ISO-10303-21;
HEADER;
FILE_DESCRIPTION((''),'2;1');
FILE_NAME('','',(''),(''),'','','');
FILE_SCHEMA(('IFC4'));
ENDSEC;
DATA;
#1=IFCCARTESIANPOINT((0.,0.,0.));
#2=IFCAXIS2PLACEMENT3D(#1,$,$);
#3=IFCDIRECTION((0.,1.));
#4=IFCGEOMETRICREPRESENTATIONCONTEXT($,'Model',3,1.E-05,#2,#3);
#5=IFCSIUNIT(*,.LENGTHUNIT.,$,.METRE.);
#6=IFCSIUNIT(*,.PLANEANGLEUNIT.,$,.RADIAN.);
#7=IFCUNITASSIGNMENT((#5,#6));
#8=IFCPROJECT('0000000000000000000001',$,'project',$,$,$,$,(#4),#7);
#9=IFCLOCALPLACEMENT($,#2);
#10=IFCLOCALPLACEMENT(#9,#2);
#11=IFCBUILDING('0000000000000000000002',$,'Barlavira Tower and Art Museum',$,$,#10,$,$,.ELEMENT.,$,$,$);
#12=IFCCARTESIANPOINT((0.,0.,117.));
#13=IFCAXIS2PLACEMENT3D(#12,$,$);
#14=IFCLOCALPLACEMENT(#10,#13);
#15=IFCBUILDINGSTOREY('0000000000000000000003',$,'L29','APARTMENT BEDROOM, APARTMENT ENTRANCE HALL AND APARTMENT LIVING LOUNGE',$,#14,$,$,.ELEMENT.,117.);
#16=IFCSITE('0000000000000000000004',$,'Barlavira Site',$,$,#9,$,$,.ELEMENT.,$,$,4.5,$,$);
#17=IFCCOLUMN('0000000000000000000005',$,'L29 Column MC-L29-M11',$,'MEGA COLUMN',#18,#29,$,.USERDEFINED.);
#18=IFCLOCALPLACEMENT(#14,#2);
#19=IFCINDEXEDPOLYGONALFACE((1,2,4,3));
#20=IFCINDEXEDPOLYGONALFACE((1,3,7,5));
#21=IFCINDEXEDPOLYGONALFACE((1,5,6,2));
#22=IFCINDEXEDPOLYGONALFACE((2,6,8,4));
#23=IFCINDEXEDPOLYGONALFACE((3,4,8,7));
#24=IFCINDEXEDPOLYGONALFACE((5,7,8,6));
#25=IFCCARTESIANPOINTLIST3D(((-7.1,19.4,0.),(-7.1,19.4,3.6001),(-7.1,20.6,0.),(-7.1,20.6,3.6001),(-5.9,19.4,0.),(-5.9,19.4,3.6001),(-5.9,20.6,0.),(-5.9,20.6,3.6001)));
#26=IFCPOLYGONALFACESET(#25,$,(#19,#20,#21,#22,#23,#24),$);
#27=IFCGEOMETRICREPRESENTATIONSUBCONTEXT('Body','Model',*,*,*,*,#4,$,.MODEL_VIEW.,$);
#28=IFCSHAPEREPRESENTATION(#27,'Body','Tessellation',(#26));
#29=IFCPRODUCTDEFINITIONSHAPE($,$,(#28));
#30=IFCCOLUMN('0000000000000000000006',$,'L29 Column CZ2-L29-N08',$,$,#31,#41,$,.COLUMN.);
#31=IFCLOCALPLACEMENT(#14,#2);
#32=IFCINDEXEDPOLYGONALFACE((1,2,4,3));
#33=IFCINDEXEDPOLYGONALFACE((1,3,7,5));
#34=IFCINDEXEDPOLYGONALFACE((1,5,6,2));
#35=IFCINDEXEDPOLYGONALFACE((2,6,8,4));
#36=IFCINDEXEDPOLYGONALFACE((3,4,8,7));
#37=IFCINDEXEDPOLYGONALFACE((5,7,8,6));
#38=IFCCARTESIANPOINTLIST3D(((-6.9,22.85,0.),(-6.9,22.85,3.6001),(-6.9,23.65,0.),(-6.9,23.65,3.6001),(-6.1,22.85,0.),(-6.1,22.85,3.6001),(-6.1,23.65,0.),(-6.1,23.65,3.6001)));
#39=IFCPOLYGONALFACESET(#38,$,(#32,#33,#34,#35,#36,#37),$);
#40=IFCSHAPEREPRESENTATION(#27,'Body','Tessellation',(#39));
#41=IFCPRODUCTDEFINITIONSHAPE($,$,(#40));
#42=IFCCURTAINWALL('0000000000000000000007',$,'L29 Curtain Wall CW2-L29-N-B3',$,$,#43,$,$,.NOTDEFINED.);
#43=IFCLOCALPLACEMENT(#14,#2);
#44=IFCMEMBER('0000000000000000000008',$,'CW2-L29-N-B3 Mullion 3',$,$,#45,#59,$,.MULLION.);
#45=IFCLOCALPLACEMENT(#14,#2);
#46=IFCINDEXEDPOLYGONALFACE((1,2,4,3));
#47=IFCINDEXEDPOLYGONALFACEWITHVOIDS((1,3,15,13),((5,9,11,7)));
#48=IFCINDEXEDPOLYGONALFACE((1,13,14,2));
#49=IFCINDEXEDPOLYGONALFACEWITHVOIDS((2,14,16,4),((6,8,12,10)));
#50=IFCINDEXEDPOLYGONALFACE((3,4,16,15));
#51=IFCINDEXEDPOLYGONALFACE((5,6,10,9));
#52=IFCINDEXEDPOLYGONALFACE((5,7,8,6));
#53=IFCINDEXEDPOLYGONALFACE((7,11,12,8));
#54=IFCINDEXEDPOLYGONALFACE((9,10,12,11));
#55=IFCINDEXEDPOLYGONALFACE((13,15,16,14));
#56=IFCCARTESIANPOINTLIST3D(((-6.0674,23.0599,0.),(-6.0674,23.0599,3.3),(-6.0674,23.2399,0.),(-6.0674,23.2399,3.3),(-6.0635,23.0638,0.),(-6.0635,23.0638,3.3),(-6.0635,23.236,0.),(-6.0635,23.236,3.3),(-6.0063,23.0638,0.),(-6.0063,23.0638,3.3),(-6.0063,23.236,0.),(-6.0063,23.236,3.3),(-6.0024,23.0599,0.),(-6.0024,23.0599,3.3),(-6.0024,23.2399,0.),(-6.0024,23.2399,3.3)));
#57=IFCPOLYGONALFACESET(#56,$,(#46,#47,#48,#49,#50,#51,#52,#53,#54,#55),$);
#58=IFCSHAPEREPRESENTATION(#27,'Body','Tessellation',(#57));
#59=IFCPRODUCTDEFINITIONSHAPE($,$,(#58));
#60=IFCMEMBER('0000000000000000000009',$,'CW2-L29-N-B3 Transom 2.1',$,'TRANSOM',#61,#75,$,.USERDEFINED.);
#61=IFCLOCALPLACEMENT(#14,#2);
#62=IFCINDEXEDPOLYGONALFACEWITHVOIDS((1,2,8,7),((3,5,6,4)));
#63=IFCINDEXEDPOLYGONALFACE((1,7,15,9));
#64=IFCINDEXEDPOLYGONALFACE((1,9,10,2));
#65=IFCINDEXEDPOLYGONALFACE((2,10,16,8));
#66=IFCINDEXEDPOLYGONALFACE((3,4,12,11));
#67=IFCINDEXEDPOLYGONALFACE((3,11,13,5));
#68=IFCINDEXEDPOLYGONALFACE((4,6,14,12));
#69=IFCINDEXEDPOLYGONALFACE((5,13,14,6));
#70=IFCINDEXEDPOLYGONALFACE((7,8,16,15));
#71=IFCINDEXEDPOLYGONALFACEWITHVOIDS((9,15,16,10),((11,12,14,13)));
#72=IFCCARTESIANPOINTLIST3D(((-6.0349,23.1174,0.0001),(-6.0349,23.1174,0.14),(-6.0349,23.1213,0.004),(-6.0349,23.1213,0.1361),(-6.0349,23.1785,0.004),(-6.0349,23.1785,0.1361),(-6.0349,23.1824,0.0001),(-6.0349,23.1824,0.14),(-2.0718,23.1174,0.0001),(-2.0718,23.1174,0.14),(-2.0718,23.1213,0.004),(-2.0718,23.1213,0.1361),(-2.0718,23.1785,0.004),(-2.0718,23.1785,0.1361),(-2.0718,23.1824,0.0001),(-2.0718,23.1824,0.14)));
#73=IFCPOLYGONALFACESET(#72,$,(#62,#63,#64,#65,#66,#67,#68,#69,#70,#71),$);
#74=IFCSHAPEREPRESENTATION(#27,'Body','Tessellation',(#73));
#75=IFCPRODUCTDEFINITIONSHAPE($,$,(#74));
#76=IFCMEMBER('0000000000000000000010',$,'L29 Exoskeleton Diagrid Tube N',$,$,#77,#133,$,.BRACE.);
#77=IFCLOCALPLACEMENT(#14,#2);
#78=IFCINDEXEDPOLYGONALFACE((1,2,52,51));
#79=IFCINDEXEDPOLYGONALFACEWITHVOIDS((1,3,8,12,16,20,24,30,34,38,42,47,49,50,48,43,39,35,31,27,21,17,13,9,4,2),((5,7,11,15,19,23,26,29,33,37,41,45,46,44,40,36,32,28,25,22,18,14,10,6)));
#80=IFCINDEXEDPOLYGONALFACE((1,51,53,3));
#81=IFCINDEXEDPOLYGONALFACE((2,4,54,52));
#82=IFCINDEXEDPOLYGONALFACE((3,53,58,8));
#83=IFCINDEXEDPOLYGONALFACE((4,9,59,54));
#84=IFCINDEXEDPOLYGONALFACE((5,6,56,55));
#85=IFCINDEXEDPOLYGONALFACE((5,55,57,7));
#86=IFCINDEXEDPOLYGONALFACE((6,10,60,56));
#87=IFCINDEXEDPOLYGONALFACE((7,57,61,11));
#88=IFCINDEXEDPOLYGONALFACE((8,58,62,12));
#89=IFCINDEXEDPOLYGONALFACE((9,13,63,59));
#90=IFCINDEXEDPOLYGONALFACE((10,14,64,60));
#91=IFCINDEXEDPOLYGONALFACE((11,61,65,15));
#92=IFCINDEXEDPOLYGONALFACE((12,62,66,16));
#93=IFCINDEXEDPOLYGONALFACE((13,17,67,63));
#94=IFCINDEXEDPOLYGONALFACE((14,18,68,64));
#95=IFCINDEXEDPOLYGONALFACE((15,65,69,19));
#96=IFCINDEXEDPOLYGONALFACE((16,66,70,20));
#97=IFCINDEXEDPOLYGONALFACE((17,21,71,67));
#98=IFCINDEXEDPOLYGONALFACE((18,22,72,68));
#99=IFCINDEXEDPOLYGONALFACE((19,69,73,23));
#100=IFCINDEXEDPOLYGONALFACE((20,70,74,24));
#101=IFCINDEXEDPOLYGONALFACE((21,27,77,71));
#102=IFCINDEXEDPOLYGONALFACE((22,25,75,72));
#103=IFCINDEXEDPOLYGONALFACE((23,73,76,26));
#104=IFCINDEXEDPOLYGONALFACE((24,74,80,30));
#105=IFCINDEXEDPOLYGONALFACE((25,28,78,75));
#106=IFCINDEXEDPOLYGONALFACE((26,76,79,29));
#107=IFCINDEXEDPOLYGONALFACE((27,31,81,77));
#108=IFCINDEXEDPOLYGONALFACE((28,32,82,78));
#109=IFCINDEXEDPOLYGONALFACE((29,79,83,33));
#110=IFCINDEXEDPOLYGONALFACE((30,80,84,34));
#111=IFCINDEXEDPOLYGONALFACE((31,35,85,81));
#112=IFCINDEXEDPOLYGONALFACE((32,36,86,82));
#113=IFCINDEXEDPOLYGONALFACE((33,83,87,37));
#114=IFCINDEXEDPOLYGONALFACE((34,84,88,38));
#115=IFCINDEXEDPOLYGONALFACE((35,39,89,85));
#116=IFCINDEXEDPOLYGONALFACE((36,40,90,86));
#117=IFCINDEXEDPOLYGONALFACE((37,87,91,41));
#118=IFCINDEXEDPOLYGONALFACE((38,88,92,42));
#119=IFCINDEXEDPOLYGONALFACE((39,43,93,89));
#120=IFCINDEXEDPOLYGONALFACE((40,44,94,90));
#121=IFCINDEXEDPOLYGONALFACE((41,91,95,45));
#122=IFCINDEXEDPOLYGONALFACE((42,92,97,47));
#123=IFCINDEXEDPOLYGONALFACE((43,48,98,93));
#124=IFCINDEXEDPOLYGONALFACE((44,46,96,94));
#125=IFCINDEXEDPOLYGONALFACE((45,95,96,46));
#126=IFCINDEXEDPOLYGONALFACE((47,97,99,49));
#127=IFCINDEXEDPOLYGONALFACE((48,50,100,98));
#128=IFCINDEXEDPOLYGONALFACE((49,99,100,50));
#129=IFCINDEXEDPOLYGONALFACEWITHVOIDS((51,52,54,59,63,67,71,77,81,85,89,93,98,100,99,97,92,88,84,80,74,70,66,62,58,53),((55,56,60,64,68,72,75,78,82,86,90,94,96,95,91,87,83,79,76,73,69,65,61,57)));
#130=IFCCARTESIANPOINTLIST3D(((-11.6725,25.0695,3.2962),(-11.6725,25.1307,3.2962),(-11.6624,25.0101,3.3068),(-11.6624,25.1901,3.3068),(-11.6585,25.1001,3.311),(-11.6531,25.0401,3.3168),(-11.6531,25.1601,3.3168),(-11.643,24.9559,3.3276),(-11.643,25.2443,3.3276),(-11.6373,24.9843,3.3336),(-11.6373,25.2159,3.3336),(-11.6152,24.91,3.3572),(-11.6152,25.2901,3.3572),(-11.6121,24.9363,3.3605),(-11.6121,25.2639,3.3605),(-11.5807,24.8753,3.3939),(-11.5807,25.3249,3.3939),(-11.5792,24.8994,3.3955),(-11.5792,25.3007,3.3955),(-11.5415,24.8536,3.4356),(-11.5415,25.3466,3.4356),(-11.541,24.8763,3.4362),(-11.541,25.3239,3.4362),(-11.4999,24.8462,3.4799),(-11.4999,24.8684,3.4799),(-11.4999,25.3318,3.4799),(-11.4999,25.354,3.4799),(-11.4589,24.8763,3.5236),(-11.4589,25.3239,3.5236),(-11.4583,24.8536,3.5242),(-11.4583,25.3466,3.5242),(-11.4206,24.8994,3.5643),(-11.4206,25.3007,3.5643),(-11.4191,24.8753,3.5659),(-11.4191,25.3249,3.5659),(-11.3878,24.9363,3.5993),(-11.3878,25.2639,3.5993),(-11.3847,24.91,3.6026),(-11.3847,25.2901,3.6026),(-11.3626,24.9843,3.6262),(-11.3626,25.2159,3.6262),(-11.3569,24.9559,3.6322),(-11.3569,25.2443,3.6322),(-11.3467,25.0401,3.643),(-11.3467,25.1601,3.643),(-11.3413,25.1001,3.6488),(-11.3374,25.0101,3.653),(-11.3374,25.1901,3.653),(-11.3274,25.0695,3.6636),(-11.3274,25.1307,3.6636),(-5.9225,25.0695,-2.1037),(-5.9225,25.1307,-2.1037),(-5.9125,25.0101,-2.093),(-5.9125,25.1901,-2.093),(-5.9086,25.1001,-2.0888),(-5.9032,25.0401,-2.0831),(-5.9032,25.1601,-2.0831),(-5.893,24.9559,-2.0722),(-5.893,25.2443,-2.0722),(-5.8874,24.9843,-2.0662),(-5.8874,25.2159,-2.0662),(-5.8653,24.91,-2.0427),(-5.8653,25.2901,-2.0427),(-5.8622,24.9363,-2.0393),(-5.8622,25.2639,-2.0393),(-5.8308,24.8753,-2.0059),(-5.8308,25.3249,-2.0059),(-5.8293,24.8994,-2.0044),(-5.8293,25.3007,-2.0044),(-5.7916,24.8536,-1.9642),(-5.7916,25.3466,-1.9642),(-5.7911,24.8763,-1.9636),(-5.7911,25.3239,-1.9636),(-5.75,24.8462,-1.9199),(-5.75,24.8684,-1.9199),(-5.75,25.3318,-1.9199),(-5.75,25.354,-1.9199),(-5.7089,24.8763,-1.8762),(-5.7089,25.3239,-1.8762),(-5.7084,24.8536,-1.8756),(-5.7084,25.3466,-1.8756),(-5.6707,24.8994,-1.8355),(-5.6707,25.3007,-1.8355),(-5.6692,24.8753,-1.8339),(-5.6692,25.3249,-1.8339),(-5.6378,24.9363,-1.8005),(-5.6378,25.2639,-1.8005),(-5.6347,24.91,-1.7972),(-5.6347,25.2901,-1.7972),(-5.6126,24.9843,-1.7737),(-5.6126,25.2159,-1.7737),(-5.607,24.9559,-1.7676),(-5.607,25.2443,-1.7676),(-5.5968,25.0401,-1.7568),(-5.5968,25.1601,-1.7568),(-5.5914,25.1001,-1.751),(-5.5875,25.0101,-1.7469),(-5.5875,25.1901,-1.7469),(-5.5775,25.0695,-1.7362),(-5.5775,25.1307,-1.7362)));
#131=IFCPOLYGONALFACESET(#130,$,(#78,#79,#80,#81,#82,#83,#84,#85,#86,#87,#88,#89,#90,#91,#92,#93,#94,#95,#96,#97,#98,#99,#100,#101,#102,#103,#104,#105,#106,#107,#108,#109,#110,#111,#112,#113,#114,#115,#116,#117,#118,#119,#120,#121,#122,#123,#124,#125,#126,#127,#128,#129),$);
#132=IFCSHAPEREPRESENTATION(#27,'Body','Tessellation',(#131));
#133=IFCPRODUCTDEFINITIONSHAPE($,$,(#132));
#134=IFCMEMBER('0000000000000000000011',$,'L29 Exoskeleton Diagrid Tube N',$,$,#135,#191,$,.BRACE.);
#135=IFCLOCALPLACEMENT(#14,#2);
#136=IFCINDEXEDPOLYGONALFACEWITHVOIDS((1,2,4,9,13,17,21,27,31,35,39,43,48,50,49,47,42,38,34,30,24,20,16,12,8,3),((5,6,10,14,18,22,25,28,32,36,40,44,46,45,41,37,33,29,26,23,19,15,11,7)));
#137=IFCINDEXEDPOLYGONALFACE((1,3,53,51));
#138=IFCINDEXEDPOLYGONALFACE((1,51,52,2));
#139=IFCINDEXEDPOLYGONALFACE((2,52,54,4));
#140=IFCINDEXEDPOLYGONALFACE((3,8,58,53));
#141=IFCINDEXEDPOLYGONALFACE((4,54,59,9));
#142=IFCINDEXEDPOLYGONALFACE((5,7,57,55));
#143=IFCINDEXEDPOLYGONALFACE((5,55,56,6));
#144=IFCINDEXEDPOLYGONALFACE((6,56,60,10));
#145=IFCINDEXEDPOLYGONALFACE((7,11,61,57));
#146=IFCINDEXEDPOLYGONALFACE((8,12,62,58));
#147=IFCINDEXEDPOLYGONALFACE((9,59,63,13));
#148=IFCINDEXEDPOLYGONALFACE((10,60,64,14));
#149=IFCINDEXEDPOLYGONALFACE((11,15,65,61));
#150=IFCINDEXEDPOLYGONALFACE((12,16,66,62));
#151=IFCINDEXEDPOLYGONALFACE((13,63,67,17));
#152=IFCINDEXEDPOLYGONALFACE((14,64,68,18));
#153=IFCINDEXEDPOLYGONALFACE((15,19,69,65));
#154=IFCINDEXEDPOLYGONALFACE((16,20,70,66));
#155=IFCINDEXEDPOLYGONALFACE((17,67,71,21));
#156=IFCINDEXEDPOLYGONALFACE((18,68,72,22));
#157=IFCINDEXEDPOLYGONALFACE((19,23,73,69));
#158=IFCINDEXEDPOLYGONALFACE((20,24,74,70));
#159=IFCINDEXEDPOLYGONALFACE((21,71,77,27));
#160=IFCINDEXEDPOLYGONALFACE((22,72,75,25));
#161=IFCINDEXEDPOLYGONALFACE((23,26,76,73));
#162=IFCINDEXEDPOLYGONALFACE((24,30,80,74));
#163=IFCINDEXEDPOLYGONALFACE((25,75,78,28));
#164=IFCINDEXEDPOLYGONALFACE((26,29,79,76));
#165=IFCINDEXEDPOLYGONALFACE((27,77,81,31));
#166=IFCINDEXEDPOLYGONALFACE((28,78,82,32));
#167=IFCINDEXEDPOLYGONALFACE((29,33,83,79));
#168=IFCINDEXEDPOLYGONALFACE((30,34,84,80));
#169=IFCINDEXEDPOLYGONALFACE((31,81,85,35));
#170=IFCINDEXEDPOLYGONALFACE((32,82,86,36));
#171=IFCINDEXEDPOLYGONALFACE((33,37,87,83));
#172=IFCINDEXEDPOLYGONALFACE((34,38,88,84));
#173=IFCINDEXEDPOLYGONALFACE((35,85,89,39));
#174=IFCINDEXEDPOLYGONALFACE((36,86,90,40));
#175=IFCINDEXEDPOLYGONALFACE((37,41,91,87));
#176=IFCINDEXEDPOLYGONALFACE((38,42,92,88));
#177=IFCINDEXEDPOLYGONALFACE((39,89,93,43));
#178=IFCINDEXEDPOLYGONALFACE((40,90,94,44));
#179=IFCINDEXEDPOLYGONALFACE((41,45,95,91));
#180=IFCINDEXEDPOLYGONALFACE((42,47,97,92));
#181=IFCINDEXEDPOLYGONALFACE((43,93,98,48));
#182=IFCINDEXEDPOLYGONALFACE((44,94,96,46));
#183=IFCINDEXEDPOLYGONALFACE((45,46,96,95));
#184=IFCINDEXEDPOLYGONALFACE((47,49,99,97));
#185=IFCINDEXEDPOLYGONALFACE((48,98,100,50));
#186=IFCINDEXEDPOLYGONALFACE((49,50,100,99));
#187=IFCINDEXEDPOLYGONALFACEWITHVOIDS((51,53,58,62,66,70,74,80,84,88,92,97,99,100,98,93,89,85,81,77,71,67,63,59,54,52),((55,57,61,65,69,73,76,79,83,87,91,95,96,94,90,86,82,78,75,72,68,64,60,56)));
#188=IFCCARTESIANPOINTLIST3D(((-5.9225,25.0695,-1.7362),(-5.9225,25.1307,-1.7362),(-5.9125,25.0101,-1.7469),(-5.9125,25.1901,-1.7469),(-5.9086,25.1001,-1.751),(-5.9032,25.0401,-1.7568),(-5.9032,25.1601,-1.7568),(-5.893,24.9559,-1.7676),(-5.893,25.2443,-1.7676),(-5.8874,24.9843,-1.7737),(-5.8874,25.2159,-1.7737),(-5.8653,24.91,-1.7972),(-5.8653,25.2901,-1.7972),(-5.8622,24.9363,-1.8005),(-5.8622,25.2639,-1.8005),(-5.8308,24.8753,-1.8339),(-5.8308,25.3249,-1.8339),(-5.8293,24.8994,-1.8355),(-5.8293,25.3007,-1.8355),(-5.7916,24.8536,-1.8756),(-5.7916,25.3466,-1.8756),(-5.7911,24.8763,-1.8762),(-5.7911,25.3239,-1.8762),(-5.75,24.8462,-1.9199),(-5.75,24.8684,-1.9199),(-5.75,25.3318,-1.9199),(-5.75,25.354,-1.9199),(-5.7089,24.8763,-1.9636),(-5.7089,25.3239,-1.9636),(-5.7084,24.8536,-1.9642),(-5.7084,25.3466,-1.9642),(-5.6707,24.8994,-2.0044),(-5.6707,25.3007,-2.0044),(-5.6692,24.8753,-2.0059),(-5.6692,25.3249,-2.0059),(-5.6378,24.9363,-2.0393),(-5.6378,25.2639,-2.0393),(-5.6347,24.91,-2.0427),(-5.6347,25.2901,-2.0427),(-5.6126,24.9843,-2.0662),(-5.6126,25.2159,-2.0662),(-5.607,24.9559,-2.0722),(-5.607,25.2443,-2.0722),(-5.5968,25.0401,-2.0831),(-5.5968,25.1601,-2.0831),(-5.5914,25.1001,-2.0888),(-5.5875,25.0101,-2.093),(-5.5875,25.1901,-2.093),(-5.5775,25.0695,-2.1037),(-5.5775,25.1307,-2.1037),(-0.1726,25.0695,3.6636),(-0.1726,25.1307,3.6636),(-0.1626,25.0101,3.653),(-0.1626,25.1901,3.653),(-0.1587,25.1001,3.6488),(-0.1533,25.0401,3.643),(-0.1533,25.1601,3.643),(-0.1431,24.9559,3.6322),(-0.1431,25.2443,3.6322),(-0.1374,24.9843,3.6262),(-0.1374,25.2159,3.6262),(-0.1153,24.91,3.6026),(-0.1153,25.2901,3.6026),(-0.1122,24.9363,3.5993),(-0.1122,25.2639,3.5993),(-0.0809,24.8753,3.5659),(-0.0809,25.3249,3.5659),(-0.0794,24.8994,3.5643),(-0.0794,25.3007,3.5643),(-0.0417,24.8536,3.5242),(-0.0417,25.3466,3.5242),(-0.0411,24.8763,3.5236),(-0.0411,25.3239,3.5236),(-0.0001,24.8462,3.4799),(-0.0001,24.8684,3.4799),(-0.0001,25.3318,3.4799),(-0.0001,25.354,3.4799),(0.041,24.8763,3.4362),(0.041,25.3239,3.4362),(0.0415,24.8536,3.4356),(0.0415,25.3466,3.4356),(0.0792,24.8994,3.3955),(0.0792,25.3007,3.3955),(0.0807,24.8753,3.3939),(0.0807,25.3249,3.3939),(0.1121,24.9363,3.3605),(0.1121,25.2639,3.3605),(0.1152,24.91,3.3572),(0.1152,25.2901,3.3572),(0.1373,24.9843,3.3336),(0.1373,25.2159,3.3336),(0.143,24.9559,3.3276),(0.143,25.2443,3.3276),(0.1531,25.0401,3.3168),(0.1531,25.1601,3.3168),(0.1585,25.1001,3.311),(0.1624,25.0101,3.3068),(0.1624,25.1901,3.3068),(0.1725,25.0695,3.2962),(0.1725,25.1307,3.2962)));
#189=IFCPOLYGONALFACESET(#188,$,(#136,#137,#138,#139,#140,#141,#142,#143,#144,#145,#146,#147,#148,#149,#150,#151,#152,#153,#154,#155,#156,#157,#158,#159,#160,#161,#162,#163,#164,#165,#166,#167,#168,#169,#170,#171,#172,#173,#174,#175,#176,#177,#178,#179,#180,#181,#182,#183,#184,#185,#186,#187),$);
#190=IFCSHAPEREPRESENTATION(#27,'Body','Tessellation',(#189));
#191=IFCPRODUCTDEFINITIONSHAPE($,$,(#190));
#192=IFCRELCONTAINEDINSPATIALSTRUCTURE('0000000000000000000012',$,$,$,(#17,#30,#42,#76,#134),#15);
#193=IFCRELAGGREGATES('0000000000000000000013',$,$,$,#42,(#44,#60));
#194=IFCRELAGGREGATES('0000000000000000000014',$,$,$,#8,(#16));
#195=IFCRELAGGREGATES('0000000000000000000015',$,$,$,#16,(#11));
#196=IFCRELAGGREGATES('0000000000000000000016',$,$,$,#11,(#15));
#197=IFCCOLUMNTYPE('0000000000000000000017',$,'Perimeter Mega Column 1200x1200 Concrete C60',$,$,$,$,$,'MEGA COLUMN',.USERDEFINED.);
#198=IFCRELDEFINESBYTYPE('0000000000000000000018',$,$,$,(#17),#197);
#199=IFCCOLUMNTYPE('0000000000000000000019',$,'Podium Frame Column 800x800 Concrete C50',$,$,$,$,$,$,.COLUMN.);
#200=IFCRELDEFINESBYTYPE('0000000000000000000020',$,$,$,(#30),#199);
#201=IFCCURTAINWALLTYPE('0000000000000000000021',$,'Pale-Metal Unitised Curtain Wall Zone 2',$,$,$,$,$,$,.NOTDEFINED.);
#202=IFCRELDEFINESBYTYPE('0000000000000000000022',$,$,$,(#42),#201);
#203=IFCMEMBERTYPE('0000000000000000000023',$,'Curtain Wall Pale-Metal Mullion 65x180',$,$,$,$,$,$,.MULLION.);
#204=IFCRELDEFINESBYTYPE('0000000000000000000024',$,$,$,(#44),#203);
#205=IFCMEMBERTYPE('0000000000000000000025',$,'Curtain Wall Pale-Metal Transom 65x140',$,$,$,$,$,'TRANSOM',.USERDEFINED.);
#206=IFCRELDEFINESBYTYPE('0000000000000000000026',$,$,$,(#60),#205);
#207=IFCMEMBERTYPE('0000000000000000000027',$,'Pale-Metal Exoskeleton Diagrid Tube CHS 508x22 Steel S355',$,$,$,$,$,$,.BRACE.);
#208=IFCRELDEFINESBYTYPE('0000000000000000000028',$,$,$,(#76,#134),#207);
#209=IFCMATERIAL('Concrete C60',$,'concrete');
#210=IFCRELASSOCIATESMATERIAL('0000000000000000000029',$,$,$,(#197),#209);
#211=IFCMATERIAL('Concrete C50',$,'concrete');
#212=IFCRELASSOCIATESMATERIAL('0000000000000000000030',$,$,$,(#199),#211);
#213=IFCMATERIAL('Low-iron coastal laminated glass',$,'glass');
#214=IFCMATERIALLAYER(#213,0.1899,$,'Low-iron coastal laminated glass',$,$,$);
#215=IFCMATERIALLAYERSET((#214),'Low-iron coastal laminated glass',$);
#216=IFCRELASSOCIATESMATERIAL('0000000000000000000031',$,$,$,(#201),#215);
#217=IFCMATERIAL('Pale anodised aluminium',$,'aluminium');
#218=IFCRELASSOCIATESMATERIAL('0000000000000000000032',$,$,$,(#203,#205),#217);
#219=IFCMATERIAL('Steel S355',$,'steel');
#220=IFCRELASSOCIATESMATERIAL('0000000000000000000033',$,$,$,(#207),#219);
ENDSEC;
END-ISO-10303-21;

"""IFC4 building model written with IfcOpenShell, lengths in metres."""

from ifc_helpers import new_model, si_unit, direction, frame, origin, origin_2d, place, context, subcontext, project, spatial, rectangle, hollow_rectangle, hollow_circle, extrude, material, layer, layer_set, material_profile, profile_set, type_object, element, aggregate, save


model = new_model("IFC4")

# Units and contexts
model_context = context("Model", 3, precision=1e-05, world=origin(), true_north=direction((0.0, 1.0)))
body_context = subcontext(model_context, "Body", "Model", "MODEL_VIEW")
ifc_project = project(units=[si_unit("LENGTHUNIT", "METRE"), si_unit("PLANEANGLEUNIT", "RADIAN")], contexts=[model_context])

# Site, building, storey
site_placement = place(None, origin())
site = spatial("IfcSite", under=ifc_project, at=site_placement, Name="Barlavira Site", CompositionType="ELEMENT", RefElevation=4.5)
building_placement = place(site_placement, origin())
building = spatial("IfcBuilding", under=site, at=building_placement, Name="Barlavira Tower and Art Museum", CompositionType="ELEMENT")
storey_placement = place(building_placement, frame((0.0, 0.0, 117.0)))
storey = spatial("IfcBuildingStorey", under=building, at=storey_placement, Name="L29", Description="APARTMENT BEDROOM, APARTMENT ENTRANCE HALL AND APARTMENT LIVING LOUNGE", CompositionType="ELEMENT", Elevation=117.0)

# Columns
ifc_material_1 = material(Name="Concrete C60", Category="concrete")
ifc_material_profile_1 = material_profile(ifc_material_1, rectangle(XDim=1.2, YDim=1.2, at=origin_2d()), Name="RC-COL 1200x1200")
ifc_profile_set_1 = profile_set([ifc_material_profile_1], Name="Concrete C60")
column_type_1 = type_object("IfcColumnType", Name="Perimeter Mega Column 1200x1200 Concrete C60", ElementType="MEGA COLUMN", PredefinedType="USERDEFINED", material=ifc_profile_set_1)
column_1_placement = place(storey_placement, frame((-6.5, 20.0, 0.0), z_axis=(0.0, 0.0, 1.0), x_axis=(1.0, 0.0, 0.0)))
element("IfcColumn", 1, at=column_1_placement, inside=storey, type_object=column_type_1, Name="L29 Column MC-L29-M11", ObjectType="MEGA COLUMN", PredefinedType="USERDEFINED", context=body_context, shape_type="SweptSolid", body=[
    extrude(rectangle(XDim=1.2, YDim=1.2, at=origin_2d()), origin(), (0.0, 0.0, 1.0), 3.6001),
])
ifc_material_2 = material(Name="Concrete C50", Category="concrete")
ifc_material_profile_2 = material_profile(ifc_material_2, rectangle(XDim=0.8, YDim=0.8, at=origin_2d()), Name="RC-COL 800x800")
ifc_profile_set_2 = profile_set([ifc_material_profile_2], Name="Concrete C50")
column_type_2 = type_object("IfcColumnType", Name="Podium Frame Column 800x800 Concrete C50", PredefinedType="COLUMN", material=ifc_profile_set_2)
column_2_placement = place(storey_placement, frame((-6.5, 23.25, 0.0), z_axis=(0.0, 0.0, 1.0), x_axis=(1.0, 0.0, 0.0)))
element("IfcColumn", 2, at=column_2_placement, inside=storey, type_object=column_type_2, Name="L29 Column CZ2-L29-N08", PredefinedType="COLUMN", context=body_context, shape_type="SweptSolid", body=[
    extrude(rectangle(XDim=0.8, YDim=0.8, at=origin_2d()), origin(), (0.0, 0.0, 1.0), 3.6001),
])

# Curtain wall, members
ifc_material_3 = material(Name="Low-iron coastal laminated glass", Category="glass")
ifc_layer_1 = layer(ifc_material_3, 0.1899, Name="Low-iron coastal laminated glass")
ifc_layer_set_1 = layer_set([ifc_layer_1], Name="Low-iron coastal laminated glass")
curtain_wall_type = type_object("IfcCurtainWallType", Name="Pale-Metal Unitised Curtain Wall Zone 2", PredefinedType="NOTDEFINED", material=ifc_layer_set_1)
curtain_wall_placement = place(storey_placement, origin())
curtain_wall = element("IfcCurtainWall", 3, at=curtain_wall_placement, inside=storey, type_object=curtain_wall_type, Name="L29 Curtain Wall CW2-L29-N-B3", PredefinedType="NOTDEFINED")
ifc_material_4 = material(Name="Pale anodised aluminium", Category="aluminium")
ifc_material_profile_3 = material_profile(ifc_material_4, hollow_rectangle(XDim=0.0649, YDim=0.1799, WallThickness=0.0039, at=origin_2d()), Name="ALU-MULL 65x180x4")
ifc_profile_set_3 = profile_set([ifc_material_profile_3], Name="Pale anodised aluminium")
member_type_1 = type_object("IfcMemberType", Name="Curtain Wall Pale-Metal Mullion 65x180", PredefinedType="MULLION", material=ifc_profile_set_3)
member_1_placement = place(storey_placement, frame((-6.0349, 23.1499, 0.0), z_axis=(0.0, 0.0, 1.0), x_axis=(-1.0, 0.0, 0.0)))
member_1 = element("IfcMember", 4, at=member_1_placement, type_object=member_type_1, Name="CW2-L29-N-B3 Mullion 3", PredefinedType="MULLION", context=body_context, shape_type="SweptSolid", body=[
    extrude(hollow_rectangle(XDim=0.0649, YDim=0.1799, WallThickness=0.0039, at=origin_2d()), origin(), (0.0, 0.0, 1.0), 3.3),
])
ifc_material_profile_4 = material_profile(ifc_material_4, hollow_rectangle(XDim=0.0649, YDim=0.1399, WallThickness=0.0039, at=origin_2d()), Name="ALU-TRAN 65x140x4")
ifc_profile_set_4 = profile_set([ifc_material_profile_4], Name="Pale anodised aluminium")
member_type_2 = type_object("IfcMemberType", Name="Curtain Wall Pale-Metal Transom 65x140", ElementType="TRANSOM", PredefinedType="USERDEFINED", material=ifc_profile_set_4)
member_2_placement = place(storey_placement, frame((-2.0718, 23.1499, 0.0701), z_axis=(-1.0, 0.0, 0.0), x_axis=(0.0, -1.0, 0.0)))
member_2 = element("IfcMember", 5, at=member_2_placement, type_object=member_type_2, Name="CW2-L29-N-B3 Transom 2.1", ObjectType="TRANSOM", PredefinedType="USERDEFINED", context=body_context, shape_type="SweptSolid", body=[
    extrude(hollow_rectangle(XDim=0.0649, YDim=0.1399, WallThickness=0.0039, at=origin_2d()), origin(), (0.0, 0.0, 1.0), 3.9631),
])

# Members
ifc_material_5 = material(Name="Steel S355", Category="steel")
ifc_material_profile_5 = material_profile(ifc_material_5, hollow_circle(Radius=0.2539, WallThickness=0.0222, at=origin_2d()), Name="CHS 508.0x22.2")
ifc_profile_set_5 = profile_set([ifc_material_profile_5], Name="Steel S355")
member_type_3 = type_object("IfcMemberType", Name="Pale-Metal Exoskeleton Diagrid Tube CHS 508x22 Steel S355", PredefinedType="BRACE", material=ifc_profile_set_5)
for number, where, z_axis, x_axis, name in (
    (6, (-5.75, 25.1001, -1.9199), (-0.72895, 0.0, 0.684567), (0.0, -1.0, 0.0), "L29 Exoskeleton Diagrid Tube N"),
    (7, (-5.75, 25.1001, -1.9199), (0.72895, 0.0, 0.684567), (0.0, 1.0, 0.0), "L29 Exoskeleton Diagrid Tube N"),
):
    element("IfcMember", number, at=place(storey_placement, frame(where, z_axis=z_axis, x_axis=x_axis)), inside=storey, type_object=member_type_3, Name=name, PredefinedType="BRACE", context=body_context, shape_type="SweptSolid", body=[
        extrude(hollow_circle(Radius=0.2539, WallThickness=0.0222, at=origin_2d()), origin(), (0.0, 0.0, 1.0), 7.8879),
    ])

aggregate(curtain_wall, [member_1, member_2])

save(model, "model.ifc")
